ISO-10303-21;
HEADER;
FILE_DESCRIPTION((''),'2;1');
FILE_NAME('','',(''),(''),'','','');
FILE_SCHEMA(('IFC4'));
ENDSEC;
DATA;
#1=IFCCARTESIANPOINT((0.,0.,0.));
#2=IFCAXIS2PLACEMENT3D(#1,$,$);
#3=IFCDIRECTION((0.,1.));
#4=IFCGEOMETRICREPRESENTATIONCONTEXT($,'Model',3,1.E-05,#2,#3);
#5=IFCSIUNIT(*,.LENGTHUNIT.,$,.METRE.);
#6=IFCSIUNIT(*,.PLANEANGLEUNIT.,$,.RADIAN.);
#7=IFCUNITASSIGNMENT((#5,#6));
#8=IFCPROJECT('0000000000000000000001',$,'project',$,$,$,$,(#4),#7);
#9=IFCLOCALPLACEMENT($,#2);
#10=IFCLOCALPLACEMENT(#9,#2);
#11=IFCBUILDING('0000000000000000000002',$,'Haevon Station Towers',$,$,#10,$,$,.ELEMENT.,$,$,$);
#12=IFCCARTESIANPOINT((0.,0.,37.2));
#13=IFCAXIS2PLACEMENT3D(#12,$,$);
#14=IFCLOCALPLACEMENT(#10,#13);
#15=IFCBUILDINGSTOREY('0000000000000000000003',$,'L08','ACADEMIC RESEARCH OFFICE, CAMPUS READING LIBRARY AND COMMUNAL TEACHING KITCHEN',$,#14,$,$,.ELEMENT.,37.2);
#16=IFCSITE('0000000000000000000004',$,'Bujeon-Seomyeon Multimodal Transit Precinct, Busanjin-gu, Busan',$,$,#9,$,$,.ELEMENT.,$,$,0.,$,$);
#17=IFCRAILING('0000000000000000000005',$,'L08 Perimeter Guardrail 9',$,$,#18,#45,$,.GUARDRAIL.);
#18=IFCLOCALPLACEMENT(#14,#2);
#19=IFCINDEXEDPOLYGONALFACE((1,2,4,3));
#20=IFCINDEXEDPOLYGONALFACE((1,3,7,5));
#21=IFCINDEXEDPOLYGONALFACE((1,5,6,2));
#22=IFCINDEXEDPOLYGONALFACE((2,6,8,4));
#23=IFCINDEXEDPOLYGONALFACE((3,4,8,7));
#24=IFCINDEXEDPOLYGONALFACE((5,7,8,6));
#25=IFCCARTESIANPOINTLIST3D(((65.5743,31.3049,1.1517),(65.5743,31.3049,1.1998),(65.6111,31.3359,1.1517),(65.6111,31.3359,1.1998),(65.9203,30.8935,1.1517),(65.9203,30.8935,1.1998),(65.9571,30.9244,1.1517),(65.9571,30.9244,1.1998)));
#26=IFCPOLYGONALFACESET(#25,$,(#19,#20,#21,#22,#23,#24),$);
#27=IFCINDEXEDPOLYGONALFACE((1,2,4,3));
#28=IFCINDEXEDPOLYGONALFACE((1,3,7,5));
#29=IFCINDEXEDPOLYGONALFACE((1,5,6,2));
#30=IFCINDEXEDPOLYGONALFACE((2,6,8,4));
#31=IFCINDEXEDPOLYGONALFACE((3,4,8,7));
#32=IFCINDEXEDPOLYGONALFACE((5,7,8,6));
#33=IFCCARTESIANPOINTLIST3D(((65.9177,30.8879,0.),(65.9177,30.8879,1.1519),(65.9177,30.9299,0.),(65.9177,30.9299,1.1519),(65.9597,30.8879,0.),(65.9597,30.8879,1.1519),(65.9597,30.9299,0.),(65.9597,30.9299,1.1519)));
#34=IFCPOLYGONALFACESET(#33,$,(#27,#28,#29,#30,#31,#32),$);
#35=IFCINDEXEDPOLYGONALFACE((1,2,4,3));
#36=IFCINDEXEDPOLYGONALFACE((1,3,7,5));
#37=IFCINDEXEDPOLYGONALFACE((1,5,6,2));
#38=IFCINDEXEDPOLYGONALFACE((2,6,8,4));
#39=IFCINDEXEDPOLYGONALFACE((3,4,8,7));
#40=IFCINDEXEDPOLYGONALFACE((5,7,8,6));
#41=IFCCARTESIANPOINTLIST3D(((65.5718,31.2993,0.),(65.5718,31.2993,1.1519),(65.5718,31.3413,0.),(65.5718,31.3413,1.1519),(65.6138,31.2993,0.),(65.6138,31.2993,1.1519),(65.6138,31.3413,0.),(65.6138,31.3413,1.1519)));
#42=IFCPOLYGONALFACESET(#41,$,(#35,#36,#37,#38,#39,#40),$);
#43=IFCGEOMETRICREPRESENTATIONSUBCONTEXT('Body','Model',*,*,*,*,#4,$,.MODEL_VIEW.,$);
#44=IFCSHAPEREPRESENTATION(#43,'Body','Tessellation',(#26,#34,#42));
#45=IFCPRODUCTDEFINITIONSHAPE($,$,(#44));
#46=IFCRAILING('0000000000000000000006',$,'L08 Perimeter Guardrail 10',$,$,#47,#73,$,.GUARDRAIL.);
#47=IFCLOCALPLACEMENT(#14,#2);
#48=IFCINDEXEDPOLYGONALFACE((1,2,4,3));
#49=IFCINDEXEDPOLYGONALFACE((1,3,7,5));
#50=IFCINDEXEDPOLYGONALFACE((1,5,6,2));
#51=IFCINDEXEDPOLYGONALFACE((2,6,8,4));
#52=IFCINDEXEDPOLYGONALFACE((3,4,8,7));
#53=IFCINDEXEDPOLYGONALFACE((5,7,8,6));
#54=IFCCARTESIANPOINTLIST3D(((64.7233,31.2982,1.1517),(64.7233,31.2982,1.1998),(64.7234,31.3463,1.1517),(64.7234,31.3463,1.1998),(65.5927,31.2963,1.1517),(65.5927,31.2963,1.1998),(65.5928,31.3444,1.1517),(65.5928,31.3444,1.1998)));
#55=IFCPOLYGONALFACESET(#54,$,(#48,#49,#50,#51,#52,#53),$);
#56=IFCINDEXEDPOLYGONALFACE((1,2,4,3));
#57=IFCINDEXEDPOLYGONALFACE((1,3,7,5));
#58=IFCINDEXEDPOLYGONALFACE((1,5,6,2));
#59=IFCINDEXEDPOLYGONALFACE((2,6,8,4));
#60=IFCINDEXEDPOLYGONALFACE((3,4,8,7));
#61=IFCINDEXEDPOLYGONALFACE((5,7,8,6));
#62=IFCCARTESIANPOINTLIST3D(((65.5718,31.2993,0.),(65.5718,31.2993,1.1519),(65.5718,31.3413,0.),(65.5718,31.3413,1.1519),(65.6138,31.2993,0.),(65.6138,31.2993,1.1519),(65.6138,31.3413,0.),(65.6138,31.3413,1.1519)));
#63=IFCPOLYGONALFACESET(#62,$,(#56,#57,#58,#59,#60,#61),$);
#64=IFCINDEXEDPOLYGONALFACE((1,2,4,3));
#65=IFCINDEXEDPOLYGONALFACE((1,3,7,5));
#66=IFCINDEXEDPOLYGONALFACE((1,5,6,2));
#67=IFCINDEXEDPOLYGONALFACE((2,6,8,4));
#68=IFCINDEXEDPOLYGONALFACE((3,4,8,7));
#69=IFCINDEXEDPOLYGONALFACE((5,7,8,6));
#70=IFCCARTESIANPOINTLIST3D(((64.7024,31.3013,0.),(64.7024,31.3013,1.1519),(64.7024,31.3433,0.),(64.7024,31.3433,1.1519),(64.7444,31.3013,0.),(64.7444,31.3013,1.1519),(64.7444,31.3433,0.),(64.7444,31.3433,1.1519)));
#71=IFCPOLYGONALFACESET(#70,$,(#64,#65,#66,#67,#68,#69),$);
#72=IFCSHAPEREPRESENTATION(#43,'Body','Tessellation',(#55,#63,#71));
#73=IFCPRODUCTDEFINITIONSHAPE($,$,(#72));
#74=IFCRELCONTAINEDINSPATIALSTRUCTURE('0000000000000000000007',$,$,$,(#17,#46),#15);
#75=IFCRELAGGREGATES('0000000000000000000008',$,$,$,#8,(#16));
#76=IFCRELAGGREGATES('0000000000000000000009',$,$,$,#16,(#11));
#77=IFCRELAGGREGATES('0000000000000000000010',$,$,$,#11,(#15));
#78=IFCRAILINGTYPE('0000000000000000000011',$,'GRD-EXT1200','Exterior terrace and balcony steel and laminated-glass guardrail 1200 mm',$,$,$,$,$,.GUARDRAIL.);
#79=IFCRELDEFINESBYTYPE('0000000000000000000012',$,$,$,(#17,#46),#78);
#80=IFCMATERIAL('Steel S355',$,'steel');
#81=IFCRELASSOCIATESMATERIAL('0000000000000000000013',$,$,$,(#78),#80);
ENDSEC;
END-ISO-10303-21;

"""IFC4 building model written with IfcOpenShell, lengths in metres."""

from ifc_helpers import new_model, si_unit, direction, frame, origin, origin_2d, place, context, subcontext, project, spatial, rectangle, extrude, material, type_object, element, save


model = new_model("IFC4")

# Units and contexts
model_context = context("Model", 3, precision=1e-05, world=origin(), true_north=direction((0.0, 1.0)))
body_context = subcontext(model_context, "Body", "Model", "MODEL_VIEW")
ifc_project = project(units=[si_unit("LENGTHUNIT", "METRE"), si_unit("PLANEANGLEUNIT", "RADIAN")], contexts=[model_context])

# Site, building, storey
site_placement = place(None, origin())
site = spatial("IfcSite", under=ifc_project, at=site_placement, Name="Bujeon-Seomyeon Multimodal Transit Precinct, Busanjin-gu, Busan", CompositionType="ELEMENT", RefElevation=0.0)
building_placement = place(site_placement, origin())
building = spatial("IfcBuilding", under=site, at=building_placement, Name="Haevon Station Towers", CompositionType="ELEMENT")
storey_placement = place(building_placement, frame((0.0, 0.0, 37.2)))
storey = spatial("IfcBuildingStorey", under=building, at=storey_placement, Name="L08", Description="ACADEMIC RESEARCH OFFICE, CAMPUS READING LIBRARY AND COMMUNAL TEACHING KITCHEN", CompositionType="ELEMENT", Elevation=37.2)

# Shared definitions
ifc_material_1 = material(Name="Steel S355", Category="steel")

# Railings
railing_type = type_object("IfcRailingType", Name="GRD-EXT1200", Description="Exterior terrace and balcony steel and laminated-glass guardrail 1200 mm", PredefinedType="GUARDRAIL", material=ifc_material_1)
railing_1_placement = place(storey_placement, frame((65.9387, 30.9089, 0.0)))
element("IfcRailing", 1, at=railing_1_placement, inside=storey, type_object=railing_type, Name="L08 Perimeter Guardrail 9", PredefinedType="GUARDRAIL", context=body_context, shape_type="SweptSolid", body=[
    extrude(rectangle(XDim=0.0481, YDim=0.0481, at=origin_2d()), frame((0.0, 0.0, 1.1758), z_axis=(-0.643618, 0.765347, 0.0), x_axis=(-0.765347, -0.643618, 0.0)), (0.0, 0.0, 1.0), 0.5376),
    extrude(rectangle(XDim=0.042, YDim=0.042, at=origin_2d()), origin(), (0.0, 0.0, 1.0), 1.1519),
    extrude(rectangle(XDim=0.042, YDim=0.042, at=origin_2d()), frame((-0.3459, 0.4114, 0.0)), (0.0, 0.0, 1.0), 1.1519),
])
railing_2_placement = place(storey_placement, frame((65.5928, 31.3203, 0.0)))
element("IfcRailing", 2, at=railing_2_placement, inside=storey, type_object=railing_type, Name="L08 Perimeter Guardrail 10", PredefinedType="GUARDRAIL", context=body_context, shape_type="SweptSolid", body=[
    extrude(rectangle(XDim=0.0481, YDim=0.0481, at=origin_2d()), frame((0.0, 0.0, 1.1758), z_axis=(-0.999997, 0.002247, 0.0), x_axis=(-0.002247, -0.999997, 0.0)), (0.0, 0.0, 1.0), 0.8694),
    extrude(rectangle(XDim=0.042, YDim=0.042, at=origin_2d()), origin(), (0.0, 0.0, 1.0), 1.1519),
    extrude(rectangle(XDim=0.042, YDim=0.042, at=origin_2d()), frame((-0.8694, 0.002, 0.0)), (0.0, 0.0, 1.0), 1.1519),
])

save(model, "model.ifc")
